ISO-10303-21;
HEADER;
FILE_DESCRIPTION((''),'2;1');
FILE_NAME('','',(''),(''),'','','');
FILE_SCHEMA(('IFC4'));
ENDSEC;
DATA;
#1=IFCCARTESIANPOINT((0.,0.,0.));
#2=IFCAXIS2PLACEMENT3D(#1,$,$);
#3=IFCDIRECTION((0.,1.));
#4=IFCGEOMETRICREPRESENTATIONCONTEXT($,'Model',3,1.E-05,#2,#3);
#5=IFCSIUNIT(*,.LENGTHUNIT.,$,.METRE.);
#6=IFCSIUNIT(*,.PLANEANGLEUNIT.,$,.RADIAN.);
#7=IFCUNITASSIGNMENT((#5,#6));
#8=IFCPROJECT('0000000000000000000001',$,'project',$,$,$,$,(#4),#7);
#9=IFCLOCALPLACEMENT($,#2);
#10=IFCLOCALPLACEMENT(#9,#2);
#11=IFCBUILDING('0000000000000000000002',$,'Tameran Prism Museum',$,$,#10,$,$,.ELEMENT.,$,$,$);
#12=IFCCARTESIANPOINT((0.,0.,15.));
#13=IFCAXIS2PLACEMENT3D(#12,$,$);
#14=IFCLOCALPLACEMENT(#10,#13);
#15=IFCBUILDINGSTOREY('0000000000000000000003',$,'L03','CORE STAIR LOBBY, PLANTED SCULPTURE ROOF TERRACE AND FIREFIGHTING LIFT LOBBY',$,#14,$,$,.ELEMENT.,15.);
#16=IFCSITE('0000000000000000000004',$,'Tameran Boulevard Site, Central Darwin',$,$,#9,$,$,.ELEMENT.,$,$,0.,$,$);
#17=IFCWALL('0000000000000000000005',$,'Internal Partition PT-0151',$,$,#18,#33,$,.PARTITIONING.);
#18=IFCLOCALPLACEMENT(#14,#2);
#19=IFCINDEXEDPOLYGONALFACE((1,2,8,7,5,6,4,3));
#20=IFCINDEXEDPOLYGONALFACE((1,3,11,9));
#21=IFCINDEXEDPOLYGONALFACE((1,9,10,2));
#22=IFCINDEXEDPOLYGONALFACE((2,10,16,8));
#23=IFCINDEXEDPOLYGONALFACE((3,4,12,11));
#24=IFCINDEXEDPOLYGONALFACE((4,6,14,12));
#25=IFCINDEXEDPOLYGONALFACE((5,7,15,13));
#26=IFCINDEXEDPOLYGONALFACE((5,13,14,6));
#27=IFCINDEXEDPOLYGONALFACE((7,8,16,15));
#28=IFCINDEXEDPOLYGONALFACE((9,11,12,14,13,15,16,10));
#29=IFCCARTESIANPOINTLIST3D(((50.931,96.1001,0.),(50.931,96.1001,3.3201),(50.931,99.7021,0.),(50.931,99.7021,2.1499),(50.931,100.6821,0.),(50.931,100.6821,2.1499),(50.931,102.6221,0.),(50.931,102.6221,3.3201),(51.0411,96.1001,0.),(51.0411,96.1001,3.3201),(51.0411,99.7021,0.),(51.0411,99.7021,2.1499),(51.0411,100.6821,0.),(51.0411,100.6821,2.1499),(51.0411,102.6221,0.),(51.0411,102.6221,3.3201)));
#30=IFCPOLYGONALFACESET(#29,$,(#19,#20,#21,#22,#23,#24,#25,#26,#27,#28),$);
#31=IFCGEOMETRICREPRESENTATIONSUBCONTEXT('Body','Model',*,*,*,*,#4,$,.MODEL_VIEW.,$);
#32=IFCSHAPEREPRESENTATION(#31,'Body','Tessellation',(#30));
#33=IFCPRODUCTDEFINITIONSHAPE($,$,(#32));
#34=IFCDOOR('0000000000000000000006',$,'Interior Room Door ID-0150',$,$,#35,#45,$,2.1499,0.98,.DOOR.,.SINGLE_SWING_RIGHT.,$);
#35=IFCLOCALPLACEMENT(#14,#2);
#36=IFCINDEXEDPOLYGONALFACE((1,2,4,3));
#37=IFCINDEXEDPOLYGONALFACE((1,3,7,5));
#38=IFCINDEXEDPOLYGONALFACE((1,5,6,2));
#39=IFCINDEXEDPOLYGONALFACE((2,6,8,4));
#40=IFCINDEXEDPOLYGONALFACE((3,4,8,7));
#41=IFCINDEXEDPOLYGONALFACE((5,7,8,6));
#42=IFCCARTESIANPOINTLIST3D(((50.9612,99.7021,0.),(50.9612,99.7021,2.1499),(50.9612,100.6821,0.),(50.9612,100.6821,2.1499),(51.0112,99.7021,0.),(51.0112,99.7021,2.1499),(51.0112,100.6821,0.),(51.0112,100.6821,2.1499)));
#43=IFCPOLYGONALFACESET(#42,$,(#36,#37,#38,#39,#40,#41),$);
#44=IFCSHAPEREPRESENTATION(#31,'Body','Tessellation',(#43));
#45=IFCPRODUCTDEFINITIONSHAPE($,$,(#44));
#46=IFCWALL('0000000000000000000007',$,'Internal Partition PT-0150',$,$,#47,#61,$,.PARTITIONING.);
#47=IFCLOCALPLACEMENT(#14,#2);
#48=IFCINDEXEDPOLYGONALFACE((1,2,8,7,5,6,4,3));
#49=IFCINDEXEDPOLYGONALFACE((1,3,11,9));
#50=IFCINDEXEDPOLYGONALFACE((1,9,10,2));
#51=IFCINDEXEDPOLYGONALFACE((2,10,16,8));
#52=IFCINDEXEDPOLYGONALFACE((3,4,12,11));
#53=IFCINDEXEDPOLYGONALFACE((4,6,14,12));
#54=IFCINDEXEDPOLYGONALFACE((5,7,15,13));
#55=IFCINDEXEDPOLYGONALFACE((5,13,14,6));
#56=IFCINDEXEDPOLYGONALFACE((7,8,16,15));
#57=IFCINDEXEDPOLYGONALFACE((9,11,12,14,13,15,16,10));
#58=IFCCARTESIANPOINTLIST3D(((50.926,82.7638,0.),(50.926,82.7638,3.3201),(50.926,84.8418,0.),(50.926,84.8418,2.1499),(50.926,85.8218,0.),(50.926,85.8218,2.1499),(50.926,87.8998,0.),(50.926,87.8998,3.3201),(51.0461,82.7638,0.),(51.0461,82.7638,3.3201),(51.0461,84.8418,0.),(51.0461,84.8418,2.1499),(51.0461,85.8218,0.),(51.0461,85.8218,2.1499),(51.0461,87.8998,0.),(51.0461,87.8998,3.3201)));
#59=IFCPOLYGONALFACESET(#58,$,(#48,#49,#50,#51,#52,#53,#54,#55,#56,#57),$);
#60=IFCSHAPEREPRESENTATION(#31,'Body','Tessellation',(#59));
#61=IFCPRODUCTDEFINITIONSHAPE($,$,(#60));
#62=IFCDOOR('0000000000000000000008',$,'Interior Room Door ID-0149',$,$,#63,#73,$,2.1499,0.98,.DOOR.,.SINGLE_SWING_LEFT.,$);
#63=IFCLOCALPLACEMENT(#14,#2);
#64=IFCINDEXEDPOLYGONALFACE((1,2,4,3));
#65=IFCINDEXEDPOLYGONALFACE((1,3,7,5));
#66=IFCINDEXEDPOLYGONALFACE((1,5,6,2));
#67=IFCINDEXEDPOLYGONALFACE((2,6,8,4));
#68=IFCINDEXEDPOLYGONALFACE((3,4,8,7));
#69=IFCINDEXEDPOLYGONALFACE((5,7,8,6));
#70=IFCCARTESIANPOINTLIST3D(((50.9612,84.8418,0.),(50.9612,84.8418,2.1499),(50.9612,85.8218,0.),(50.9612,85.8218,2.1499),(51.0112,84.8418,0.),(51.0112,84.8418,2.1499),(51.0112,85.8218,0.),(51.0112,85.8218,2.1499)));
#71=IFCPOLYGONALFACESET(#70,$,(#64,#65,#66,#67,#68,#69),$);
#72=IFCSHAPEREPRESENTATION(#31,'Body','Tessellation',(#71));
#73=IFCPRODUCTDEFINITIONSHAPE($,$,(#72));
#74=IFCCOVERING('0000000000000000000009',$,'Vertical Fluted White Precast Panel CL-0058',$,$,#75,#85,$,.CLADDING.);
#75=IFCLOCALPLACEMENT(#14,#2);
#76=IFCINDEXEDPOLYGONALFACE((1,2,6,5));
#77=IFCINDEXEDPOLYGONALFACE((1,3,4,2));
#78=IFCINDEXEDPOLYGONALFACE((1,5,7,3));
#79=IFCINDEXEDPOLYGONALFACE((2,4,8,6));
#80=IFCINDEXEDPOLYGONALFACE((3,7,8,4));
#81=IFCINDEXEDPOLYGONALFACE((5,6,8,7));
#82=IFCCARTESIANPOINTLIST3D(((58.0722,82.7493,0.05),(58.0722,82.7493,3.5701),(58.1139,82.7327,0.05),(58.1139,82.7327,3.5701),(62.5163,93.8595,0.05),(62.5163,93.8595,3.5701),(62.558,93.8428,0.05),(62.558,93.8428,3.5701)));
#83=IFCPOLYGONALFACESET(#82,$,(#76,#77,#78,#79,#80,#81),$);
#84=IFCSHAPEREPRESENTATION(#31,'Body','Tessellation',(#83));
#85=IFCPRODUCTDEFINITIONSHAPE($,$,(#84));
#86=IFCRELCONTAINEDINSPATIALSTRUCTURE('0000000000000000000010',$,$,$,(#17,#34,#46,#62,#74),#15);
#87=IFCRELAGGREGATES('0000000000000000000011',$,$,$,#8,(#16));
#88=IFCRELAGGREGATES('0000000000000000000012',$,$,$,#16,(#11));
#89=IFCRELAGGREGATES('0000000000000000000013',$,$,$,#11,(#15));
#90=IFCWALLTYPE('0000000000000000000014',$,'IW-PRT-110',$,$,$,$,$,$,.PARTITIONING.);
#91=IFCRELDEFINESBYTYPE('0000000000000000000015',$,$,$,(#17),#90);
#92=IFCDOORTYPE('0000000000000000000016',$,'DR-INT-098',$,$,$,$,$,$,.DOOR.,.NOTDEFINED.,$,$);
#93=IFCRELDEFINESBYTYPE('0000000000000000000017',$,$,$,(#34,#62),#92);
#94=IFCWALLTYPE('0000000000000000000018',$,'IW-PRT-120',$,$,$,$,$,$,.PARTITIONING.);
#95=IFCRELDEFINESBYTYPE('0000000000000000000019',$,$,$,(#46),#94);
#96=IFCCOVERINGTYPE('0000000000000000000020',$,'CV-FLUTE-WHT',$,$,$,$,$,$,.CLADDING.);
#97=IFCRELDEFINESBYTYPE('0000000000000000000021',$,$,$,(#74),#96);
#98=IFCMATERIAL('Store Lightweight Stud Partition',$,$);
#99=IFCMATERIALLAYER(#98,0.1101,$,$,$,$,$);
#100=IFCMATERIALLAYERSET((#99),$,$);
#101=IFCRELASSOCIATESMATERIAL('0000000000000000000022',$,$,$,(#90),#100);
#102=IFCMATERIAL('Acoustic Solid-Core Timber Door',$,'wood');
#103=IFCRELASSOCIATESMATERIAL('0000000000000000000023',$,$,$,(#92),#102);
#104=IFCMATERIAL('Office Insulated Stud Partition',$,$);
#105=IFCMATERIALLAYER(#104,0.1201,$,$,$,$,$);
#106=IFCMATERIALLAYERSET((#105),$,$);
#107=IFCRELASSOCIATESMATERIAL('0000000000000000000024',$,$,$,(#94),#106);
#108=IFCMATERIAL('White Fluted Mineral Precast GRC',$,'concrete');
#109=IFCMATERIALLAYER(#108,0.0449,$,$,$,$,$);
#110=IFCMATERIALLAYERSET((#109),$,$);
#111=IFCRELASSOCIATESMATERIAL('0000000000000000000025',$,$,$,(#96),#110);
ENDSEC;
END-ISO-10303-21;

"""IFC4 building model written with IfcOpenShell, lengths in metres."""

from ifc_helpers import new_model, si_unit, direction, frame, frame_2d, origin, place, context, subcontext, project, spatial, rectangle, extrude, material, layer, layer_set, type_object, element, fill, save


model = new_model("IFC4")

# Units and contexts
model_context = context("Model", 3, precision=1e-05, world=origin(), true_north=direction((0.0, 1.0)))
body_context = subcontext(model_context, "Body", "Model", "MODEL_VIEW")
ifc_project = project(units=[si_unit("LENGTHUNIT", "METRE"), si_unit("PLANEANGLEUNIT", "RADIAN")], contexts=[model_context])

# Site, building, storey
site_placement = place(None, origin())
site = spatial("IfcSite", under=ifc_project, at=site_placement, Name="Tameran Boulevard Site, Central Darwin", CompositionType="ELEMENT", RefElevation=0.0)
building_placement = place(site_placement, origin())
building = spatial("IfcBuilding", under=site, at=building_placement, Name="Tameran Prism Museum", CompositionType="ELEMENT")
storey_placement = place(building_placement, frame((0.0, 0.0, 15.0)))
storey = spatial("IfcBuildingStorey", under=building, at=storey_placement, Name="L03", Description="CORE STAIR LOBBY, PLANTED SCULPTURE ROOF TERRACE AND FIREFIGHTING LIFT LOBBY", CompositionType="ELEMENT", Elevation=15.0)

# Walls, openings, doors
ifc_material_1 = material(Name="Store Lightweight Stud Partition")
ifc_layer_1 = layer(ifc_material_1, 0.1101)
ifc_layer_set_1 = layer_set([ifc_layer_1])
wall_type_1 = type_object("IfcWallType", Name="IW-PRT-110", PredefinedType="PARTITIONING", material=ifc_layer_set_1)
wall_1_placement = place(storey_placement, frame((50.9861, 96.1001, 0.0), z_axis=(0.0, 0.0, 1.0), x_axis=(0.0, 1.0, 0.0)))
wall_1 = element("IfcWall", 1, at=wall_1_placement, inside=storey, type_object=wall_type_1, Name="Internal Partition PT-0151", PredefinedType="PARTITIONING", context=body_context, shape_type="SweptSolid", body=[
    extrude(rectangle(XDim=6.522, YDim=0.1101, at=frame_2d((3.261, 0.0))), origin(), (0.0, 0.0, 1.0), 3.3201),
])
opening_1_placement = place(wall_1_placement, frame((3.6021, 0.0, 0.0)))
opening_1 = element("IfcOpeningElement", 2, at=opening_1_placement, cuts=wall_1, PredefinedType="OPENING", context=body_context, shape_type="SweptSolid", body=[
    extrude(rectangle(XDim=0.98, YDim=2.1499, at=frame_2d((0.49, 1.075))), frame((0.0, 0.0649, 0.0), z_axis=(0.0, -1.0, 0.0), x_axis=(1.0, 0.0, 0.0)), (0.0, 0.0, 1.0), 0.1301),
])
ifc_material_2 = material(Name="Acoustic Solid-Core Timber Door", Category="wood")
door_type_1 = type_object("IfcDoorType", Name="DR-INT-098", OperationType="NOTDEFINED", PredefinedType="DOOR", material=ifc_material_2)
door_1_placement = place(opening_1_placement, origin())
door_1 = element("IfcDoor", 3, at=door_1_placement, inside=storey, type_object=door_type_1, Name="Interior Room Door ID-0150", OperationType="SINGLE_SWING_RIGHT", OverallHeight=2.1499, OverallWidth=0.98, PredefinedType="DOOR", context=body_context, shape_type="SweptSolid", body=[
    extrude(rectangle(XDim=0.98, YDim=2.1499, at=frame_2d((0.49, 1.075))), frame((0.0, 0.0249, 0.0), z_axis=(0.0, -1.0, 0.0), x_axis=(1.0, 0.0, 0.0)), (0.0, 0.0, 1.0), 0.05),
])
fill(opening_1, door_1)
ifc_material_3 = material(Name="Office Insulated Stud Partition")
ifc_layer_2 = layer(ifc_material_3, 0.1201)
ifc_layer_set_2 = layer_set([ifc_layer_2])
wall_type_2 = type_object("IfcWallType", Name="IW-PRT-120", PredefinedType="PARTITIONING", material=ifc_layer_set_2)
wall_2_placement = place(storey_placement, frame((50.9861, 82.7639, 0.0), z_axis=(0.0, 0.0, 1.0), x_axis=(0.0, 1.0, 0.0)))
wall_2 = element("IfcWall", 4, at=wall_2_placement, inside=storey, type_object=wall_type_2, Name="Internal Partition PT-0150", PredefinedType="PARTITIONING", context=body_context, shape_type="SweptSolid", body=[
    extrude(rectangle(XDim=5.136, YDim=0.1201, at=frame_2d((2.5679, 0.0))), origin(), (0.0, 0.0, 1.0), 3.3201),
])
opening_2_placement = place(wall_2_placement, frame((2.0779, 0.0, 0.0)))
opening_2 = element("IfcOpeningElement", 5, at=opening_2_placement, cuts=wall_2, PredefinedType="OPENING", context=body_context, shape_type="SweptSolid", body=[
    extrude(rectangle(XDim=0.98, YDim=2.1499, at=frame_2d((0.49, 1.075))), frame((0.0, 0.0701, 0.0), z_axis=(0.0, -1.0, 0.0), x_axis=(1.0, 0.0, 0.0)), (0.0, 0.0, 1.0), 0.1401),
])
door_2_placement = place(opening_2_placement, origin())
door_2 = element("IfcDoor", 6, at=door_2_placement, inside=storey, type_object=door_type_1, Name="Interior Room Door ID-0149", OperationType="SINGLE_SWING_LEFT", OverallHeight=2.1499, OverallWidth=0.98, PredefinedType="DOOR", context=body_context, shape_type="SweptSolid", body=[
    extrude(rectangle(XDim=0.98, YDim=2.1499, at=frame_2d((0.49, 1.075))), frame((0.0, 0.0249, 0.0), z_axis=(0.0, -1.0, 0.0), x_axis=(1.0, 0.0, 0.0)), (0.0, 0.0, 1.0), 0.05),
])
fill(opening_2, door_2)

# Covering
ifc_material_4 = material(Name="White Fluted Mineral Precast GRC", Category="concrete")
ifc_layer_3 = layer(ifc_material_4, 0.0449)
ifc_layer_set_3 = layer_set([ifc_layer_3])
covering_type = type_object("IfcCoveringType", Name="CV-FLUTE-WHT", PredefinedType="CLADDING", material=ifc_layer_set_3)
covering_placement = place(storey_placement, frame((62.5371, 93.8511, 0.05), z_axis=(0.0, 0.0, 1.0), x_axis=(-0.371394, -0.928475, 0.0)))
element("IfcCovering", 7, at=covering_placement, inside=storey, type_object=covering_type, Name="Vertical Fluted White Precast Panel CL-0058", PredefinedType="CLADDING", context=body_context, shape_type="SweptSolid", body=[
    extrude(rectangle(XDim=11.9661, YDim=0.0449, at=frame_2d((5.9829, 0.0))), origin(), (0.0, 0.0, 1.0), 3.52),
])

save(model, "model.ifc")
